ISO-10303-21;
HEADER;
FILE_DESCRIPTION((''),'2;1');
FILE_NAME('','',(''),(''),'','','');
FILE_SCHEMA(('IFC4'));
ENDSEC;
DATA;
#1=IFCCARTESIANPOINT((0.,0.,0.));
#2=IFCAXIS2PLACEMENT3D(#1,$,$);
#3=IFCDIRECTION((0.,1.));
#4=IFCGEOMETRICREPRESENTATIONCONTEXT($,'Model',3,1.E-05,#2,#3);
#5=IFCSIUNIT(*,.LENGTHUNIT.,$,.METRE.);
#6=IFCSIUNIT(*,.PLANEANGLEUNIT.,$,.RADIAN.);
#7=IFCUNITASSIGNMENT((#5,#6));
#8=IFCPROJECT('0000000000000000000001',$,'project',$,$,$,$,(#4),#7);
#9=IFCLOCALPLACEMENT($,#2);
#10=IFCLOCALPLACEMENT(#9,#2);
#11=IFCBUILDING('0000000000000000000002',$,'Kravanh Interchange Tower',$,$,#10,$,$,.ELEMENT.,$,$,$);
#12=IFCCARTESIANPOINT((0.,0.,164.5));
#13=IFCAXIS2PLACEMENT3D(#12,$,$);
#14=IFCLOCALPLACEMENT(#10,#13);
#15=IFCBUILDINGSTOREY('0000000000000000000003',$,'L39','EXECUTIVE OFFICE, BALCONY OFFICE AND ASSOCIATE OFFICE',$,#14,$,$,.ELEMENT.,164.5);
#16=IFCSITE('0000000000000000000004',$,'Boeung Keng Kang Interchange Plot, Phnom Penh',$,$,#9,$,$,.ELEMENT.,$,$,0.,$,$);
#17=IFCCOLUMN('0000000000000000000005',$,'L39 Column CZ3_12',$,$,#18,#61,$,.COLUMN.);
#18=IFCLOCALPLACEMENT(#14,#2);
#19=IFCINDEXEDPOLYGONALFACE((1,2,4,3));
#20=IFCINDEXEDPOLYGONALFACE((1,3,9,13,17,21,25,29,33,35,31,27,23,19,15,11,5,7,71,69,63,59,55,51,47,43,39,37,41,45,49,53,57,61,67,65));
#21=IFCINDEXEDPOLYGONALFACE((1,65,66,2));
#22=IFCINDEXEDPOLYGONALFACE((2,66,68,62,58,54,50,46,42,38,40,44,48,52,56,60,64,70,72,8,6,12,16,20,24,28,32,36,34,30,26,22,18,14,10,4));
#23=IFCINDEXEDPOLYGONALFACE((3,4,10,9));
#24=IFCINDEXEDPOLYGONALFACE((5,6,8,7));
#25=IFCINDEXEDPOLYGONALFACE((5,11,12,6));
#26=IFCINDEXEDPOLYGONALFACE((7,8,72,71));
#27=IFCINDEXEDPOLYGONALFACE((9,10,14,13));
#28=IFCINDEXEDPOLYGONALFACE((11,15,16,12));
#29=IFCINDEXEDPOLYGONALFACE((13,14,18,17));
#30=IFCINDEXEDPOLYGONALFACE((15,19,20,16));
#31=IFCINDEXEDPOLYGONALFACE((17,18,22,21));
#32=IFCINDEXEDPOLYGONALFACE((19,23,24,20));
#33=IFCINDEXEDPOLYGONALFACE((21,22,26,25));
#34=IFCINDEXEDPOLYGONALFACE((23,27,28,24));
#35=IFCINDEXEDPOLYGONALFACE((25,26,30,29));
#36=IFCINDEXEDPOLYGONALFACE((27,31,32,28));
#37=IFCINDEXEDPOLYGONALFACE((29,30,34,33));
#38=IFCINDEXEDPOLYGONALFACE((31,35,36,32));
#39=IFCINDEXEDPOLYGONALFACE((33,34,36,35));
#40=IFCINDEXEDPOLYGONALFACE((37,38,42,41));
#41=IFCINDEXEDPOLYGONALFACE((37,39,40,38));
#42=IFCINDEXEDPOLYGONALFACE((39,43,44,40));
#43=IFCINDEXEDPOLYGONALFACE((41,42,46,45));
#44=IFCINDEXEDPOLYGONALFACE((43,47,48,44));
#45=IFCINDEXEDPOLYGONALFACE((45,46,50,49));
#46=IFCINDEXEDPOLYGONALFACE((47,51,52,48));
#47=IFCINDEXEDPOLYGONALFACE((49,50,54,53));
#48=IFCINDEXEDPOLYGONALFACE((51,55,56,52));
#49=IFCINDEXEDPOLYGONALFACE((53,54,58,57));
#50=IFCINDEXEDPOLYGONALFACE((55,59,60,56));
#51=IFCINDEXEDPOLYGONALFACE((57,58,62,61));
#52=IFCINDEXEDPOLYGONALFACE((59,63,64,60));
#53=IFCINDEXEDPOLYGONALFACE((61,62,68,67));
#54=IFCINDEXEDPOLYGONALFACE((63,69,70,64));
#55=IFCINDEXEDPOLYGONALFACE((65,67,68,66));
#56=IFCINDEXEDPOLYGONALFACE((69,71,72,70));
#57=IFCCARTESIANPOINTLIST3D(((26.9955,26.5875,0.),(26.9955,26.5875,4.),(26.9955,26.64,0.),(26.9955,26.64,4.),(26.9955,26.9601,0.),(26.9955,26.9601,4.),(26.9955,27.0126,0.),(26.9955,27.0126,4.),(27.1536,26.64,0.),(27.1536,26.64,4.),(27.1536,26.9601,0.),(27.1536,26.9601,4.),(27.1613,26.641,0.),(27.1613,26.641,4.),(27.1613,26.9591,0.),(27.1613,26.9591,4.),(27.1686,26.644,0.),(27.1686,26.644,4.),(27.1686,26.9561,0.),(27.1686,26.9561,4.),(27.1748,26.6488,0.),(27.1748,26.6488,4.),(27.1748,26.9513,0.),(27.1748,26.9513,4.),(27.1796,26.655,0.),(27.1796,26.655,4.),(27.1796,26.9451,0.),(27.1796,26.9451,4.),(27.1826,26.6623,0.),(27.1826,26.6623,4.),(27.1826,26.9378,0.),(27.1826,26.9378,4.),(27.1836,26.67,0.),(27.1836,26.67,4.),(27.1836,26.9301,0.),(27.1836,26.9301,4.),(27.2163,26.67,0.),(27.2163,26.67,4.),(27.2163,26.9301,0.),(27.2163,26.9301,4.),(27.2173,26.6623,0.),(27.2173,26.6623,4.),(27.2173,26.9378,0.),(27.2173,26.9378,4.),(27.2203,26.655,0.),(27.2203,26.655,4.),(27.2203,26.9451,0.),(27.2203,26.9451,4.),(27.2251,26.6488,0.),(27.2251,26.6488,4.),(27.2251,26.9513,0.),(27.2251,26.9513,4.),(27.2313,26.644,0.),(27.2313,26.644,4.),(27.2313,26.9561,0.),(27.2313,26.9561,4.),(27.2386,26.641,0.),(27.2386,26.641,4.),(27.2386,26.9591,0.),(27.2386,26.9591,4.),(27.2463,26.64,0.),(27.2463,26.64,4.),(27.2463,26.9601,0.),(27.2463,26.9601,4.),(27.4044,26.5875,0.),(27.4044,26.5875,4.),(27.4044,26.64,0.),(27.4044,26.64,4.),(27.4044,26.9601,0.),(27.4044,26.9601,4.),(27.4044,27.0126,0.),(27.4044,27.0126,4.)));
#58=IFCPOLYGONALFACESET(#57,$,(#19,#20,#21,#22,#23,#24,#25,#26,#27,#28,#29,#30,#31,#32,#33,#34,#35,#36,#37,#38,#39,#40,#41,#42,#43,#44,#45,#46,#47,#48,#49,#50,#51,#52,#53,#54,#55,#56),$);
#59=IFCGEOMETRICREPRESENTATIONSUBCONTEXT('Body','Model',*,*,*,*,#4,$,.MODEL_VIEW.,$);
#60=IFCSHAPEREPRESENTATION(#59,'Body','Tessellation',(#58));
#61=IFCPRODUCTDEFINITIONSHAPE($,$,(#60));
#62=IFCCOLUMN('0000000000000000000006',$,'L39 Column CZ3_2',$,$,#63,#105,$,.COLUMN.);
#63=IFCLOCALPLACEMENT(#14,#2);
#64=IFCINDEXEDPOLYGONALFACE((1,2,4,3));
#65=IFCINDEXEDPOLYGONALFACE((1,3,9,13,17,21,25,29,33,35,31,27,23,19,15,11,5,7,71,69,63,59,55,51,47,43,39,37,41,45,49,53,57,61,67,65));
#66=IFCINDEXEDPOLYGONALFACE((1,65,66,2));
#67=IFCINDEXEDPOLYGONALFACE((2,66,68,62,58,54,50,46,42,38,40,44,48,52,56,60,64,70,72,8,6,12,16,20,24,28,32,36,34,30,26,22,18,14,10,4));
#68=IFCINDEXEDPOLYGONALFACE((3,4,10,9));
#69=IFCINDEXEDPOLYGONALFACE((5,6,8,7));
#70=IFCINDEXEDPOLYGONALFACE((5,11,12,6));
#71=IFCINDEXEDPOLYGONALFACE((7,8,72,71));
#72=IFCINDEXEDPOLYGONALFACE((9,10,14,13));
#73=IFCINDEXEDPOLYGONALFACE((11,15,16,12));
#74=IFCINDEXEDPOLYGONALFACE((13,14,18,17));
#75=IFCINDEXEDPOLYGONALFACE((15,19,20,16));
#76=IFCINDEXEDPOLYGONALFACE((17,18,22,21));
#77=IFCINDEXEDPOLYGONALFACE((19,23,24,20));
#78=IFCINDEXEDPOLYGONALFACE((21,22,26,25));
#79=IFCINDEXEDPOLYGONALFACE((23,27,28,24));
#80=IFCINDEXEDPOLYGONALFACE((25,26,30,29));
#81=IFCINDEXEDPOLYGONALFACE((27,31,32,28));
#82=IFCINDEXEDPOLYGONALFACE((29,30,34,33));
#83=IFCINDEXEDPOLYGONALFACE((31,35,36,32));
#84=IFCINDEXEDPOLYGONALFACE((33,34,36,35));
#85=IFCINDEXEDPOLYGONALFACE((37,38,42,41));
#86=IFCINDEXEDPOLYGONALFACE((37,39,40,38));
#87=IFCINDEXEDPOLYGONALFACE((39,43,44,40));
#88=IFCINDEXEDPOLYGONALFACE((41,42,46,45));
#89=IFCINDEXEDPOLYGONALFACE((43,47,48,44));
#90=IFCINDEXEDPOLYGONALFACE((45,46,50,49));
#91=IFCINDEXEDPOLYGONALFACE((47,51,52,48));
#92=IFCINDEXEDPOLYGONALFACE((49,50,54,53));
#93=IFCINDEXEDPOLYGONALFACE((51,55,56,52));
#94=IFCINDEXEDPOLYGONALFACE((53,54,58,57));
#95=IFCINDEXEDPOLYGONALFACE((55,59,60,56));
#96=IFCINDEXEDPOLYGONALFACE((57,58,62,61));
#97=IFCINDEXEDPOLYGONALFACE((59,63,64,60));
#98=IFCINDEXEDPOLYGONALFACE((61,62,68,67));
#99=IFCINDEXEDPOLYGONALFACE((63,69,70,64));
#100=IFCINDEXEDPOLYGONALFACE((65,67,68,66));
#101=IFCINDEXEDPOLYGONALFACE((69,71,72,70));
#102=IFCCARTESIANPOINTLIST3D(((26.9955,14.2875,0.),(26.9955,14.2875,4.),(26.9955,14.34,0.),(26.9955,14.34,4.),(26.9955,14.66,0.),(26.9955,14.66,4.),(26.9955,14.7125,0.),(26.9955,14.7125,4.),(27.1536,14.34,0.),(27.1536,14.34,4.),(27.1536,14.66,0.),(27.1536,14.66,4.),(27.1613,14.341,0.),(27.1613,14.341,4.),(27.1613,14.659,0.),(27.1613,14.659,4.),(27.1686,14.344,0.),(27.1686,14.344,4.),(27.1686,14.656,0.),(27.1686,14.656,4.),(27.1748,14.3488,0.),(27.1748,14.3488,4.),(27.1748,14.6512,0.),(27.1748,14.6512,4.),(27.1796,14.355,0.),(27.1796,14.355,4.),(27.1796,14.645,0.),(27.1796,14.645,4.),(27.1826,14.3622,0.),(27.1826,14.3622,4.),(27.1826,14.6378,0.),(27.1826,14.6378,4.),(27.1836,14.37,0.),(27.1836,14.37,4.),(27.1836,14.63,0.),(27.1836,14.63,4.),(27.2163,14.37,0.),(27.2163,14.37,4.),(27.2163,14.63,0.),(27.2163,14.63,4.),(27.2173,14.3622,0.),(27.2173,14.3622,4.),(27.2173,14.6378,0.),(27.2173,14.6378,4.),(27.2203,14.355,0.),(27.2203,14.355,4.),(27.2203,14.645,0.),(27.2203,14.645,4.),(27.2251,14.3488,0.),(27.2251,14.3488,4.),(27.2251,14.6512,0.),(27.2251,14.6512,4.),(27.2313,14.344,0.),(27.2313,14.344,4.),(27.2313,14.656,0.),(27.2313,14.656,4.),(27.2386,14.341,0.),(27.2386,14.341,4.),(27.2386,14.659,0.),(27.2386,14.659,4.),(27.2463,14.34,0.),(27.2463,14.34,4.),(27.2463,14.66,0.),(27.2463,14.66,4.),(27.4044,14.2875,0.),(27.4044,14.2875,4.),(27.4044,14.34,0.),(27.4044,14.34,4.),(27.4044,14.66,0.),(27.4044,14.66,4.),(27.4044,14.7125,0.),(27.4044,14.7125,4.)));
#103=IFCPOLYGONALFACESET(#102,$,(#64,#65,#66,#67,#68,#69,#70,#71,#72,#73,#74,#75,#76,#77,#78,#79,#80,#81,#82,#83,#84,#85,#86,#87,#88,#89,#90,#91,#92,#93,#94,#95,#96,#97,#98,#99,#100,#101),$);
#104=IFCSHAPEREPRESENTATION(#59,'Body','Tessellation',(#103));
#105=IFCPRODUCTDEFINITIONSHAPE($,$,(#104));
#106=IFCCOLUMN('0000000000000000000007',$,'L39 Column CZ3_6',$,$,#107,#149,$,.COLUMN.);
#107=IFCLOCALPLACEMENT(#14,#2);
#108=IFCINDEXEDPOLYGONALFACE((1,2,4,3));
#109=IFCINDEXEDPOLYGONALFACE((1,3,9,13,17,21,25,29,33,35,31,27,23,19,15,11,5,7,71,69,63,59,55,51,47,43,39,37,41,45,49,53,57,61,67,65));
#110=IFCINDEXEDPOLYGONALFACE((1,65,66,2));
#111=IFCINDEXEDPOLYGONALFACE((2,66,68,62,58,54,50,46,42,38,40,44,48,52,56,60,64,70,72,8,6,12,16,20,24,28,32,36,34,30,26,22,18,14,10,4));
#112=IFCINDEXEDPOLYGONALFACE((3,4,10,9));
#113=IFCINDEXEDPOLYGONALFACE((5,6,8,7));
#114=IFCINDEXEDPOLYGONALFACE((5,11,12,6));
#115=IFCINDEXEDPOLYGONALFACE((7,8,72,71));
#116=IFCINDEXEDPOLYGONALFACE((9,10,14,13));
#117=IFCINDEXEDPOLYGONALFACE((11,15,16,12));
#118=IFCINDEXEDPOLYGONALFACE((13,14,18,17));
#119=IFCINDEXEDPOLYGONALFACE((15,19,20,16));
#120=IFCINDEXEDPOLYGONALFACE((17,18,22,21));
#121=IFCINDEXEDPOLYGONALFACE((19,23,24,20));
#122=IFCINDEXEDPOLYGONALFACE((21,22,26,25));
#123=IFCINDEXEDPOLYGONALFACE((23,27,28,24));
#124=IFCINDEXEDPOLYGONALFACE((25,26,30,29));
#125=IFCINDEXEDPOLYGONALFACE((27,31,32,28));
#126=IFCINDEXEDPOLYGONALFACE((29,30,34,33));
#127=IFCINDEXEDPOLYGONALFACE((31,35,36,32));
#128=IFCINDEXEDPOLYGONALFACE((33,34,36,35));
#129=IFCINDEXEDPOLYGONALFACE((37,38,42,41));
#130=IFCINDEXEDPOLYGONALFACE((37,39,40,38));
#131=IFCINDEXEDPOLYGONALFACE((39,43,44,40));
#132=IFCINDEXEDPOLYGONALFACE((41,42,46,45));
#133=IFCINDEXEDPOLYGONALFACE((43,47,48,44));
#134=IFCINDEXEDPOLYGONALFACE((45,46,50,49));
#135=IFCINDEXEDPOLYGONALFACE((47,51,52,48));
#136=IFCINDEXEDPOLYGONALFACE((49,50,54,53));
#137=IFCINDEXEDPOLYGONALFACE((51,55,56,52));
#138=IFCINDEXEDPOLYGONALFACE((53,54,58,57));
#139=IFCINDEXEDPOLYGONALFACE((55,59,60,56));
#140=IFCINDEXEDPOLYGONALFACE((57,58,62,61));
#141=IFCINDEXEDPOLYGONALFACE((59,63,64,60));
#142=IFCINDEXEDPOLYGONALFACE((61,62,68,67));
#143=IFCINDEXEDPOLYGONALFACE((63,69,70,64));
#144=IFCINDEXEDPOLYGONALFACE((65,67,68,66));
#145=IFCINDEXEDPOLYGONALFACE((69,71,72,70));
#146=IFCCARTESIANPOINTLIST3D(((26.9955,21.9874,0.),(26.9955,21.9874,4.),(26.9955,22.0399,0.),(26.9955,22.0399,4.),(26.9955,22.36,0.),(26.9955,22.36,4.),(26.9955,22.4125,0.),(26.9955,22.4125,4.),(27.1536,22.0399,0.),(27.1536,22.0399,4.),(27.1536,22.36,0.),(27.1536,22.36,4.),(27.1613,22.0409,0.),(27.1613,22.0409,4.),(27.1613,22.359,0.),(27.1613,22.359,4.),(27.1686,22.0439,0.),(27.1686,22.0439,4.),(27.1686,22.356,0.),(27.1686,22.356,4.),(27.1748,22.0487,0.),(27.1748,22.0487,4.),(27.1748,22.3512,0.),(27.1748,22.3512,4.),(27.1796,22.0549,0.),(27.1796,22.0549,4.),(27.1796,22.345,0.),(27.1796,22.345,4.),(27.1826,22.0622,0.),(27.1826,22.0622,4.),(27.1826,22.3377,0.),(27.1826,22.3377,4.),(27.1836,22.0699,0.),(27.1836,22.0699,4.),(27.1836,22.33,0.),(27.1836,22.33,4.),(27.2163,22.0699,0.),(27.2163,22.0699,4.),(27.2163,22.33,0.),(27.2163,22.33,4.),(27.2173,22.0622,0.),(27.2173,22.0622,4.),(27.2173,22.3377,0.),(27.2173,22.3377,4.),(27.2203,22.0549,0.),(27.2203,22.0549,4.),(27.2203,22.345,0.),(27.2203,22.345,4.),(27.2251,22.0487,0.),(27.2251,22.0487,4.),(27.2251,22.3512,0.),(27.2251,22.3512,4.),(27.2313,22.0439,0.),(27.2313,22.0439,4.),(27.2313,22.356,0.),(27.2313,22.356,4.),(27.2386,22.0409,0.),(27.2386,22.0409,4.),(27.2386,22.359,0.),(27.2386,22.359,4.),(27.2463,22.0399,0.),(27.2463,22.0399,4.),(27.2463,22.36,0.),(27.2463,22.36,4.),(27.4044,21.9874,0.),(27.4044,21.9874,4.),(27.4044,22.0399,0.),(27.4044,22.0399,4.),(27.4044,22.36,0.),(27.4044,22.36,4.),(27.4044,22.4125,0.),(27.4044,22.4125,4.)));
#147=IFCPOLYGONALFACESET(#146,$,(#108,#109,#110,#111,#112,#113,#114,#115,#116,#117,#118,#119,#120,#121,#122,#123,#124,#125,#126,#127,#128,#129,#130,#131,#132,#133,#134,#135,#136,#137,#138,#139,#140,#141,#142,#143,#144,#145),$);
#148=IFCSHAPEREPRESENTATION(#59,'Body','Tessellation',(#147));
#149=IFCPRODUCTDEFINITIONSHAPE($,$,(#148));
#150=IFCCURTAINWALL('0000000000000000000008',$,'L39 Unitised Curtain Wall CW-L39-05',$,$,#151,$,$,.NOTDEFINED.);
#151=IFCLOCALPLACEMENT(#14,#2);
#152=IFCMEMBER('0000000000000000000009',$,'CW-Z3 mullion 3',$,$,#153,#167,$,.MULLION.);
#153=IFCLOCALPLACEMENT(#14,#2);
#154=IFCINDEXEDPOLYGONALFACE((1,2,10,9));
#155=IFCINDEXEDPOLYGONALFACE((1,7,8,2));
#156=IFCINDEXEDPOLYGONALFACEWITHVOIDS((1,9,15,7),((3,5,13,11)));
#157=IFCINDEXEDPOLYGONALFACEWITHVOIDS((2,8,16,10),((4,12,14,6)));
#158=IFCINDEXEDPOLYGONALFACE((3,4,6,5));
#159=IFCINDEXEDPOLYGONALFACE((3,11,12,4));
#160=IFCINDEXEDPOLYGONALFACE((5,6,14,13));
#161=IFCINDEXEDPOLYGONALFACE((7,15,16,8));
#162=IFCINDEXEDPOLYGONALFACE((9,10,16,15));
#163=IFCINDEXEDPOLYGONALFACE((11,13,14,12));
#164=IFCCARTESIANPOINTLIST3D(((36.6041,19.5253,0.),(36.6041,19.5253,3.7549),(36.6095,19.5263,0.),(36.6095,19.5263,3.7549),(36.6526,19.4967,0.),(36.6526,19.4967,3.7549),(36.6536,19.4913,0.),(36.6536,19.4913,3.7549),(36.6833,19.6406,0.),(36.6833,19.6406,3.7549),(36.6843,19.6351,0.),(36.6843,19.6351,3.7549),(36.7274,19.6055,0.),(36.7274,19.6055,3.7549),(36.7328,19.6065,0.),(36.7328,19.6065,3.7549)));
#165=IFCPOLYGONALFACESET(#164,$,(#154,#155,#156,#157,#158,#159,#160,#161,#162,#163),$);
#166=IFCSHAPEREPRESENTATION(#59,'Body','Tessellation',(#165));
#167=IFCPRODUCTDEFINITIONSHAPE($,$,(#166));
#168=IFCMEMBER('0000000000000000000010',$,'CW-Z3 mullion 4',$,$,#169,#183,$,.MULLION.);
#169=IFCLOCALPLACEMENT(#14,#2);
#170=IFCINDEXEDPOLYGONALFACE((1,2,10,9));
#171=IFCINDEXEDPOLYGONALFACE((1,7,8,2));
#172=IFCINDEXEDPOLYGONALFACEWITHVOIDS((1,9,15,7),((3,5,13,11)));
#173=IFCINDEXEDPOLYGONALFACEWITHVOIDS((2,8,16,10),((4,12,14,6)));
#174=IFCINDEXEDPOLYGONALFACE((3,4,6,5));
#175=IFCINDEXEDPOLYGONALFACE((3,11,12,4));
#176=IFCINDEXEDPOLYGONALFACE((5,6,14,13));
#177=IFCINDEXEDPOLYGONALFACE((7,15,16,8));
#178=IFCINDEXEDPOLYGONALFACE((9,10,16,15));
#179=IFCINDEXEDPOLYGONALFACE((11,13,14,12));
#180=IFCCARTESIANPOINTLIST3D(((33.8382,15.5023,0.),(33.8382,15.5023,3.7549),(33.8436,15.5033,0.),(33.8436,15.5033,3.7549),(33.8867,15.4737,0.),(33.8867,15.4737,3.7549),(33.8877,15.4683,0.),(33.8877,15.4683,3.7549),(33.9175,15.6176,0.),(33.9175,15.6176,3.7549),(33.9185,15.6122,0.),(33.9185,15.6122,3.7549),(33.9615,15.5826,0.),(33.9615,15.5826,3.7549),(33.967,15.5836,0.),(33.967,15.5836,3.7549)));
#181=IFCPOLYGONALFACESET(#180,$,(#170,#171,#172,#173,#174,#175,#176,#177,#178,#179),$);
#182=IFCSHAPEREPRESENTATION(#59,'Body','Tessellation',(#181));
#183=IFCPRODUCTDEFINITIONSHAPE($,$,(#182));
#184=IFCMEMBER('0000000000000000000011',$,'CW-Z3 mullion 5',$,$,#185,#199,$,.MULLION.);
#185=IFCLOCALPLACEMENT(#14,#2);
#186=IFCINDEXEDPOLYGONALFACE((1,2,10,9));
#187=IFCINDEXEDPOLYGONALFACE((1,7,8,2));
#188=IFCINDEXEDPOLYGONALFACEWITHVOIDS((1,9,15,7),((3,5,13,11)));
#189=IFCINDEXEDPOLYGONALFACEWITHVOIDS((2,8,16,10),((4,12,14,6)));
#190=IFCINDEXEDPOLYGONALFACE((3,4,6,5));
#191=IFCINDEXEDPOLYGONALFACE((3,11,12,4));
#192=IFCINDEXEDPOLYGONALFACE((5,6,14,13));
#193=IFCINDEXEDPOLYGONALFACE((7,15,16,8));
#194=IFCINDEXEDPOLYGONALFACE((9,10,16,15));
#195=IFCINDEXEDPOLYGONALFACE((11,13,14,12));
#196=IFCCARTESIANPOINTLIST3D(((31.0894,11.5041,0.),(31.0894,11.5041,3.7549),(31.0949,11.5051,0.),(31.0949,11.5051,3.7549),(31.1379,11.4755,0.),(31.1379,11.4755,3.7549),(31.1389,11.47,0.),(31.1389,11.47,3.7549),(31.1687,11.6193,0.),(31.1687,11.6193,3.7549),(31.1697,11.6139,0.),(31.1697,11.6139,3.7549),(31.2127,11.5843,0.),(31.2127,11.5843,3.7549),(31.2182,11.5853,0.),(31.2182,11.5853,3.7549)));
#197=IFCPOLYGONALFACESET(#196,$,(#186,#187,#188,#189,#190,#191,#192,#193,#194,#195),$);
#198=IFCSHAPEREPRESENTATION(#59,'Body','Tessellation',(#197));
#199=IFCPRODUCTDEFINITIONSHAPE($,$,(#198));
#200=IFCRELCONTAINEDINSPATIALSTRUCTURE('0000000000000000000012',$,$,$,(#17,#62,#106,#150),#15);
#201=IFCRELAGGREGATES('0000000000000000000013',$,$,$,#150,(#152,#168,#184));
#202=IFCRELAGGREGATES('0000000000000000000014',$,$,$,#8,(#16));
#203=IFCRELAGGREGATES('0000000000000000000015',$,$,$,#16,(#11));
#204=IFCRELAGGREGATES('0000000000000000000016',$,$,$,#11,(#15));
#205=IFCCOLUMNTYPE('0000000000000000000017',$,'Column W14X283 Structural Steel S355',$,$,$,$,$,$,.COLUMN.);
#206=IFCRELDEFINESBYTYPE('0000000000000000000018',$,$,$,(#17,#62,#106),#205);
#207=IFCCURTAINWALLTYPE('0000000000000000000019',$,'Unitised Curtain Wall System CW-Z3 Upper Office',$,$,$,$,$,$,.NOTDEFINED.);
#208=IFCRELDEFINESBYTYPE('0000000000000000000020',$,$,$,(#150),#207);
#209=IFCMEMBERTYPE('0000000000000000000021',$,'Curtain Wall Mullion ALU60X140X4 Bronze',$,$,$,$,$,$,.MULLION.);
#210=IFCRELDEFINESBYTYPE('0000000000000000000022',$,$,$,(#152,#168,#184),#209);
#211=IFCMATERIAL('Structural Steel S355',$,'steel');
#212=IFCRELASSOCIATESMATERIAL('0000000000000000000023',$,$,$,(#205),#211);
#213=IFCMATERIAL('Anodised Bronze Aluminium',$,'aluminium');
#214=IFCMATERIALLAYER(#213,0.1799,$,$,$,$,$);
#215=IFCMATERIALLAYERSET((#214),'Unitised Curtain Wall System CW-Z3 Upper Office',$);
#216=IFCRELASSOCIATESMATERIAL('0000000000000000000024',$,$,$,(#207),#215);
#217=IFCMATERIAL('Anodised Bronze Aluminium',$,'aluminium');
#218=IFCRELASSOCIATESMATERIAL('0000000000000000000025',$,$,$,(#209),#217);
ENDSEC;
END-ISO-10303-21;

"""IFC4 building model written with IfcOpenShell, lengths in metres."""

from ifc_helpers import new_model, si_unit, direction, frame, origin, origin_2d, place, context, subcontext, project, spatial, hollow_rectangle, i_section, extrude, material, layer, layer_set, material_profile, profile_set, type_object, element, aggregate, save


model = new_model("IFC4")

# Units and contexts
model_context = context("Model", 3, precision=1e-05, world=origin(), true_north=direction((0.0, 1.0)))
body_context = subcontext(model_context, "Body", "Model", "MODEL_VIEW")
ifc_project = project(units=[si_unit("LENGTHUNIT", "METRE"), si_unit("PLANEANGLEUNIT", "RADIAN")], contexts=[model_context])

# Site, building, storey
site_placement = place(None, origin())
site = spatial("IfcSite", under=ifc_project, at=site_placement, Name="Boeung Keng Kang Interchange Plot, Phnom Penh", CompositionType="ELEMENT", RefElevation=0.0)
building_placement = place(site_placement, origin())
building = spatial("IfcBuilding", under=site, at=building_placement, Name="Kravanh Interchange Tower", CompositionType="ELEMENT")
storey_placement = place(building_placement, frame((0.0, 0.0, 164.5)))
storey = spatial("IfcBuildingStorey", under=building, at=storey_placement, Name="L39", Description="EXECUTIVE OFFICE, BALCONY OFFICE AND ASSOCIATE OFFICE", CompositionType="ELEMENT", Elevation=164.5)

# Columns
ifc_material_1 = material(Name="Structural Steel S355", Category="steel")
ifc_material_profile_1 = material_profile(ifc_material_1, i_section(OverallWidth=0.4089, OverallDepth=0.425, WebThickness=0.0327, FlangeThickness=0.0525, FilletRadius=0.03, at=origin_2d()), Name="W14X283")
ifc_profile_set_1 = profile_set([ifc_material_profile_1], Name="Structural Steel S355")
column_type = type_object("IfcColumnType", Name="Column W14X283 Structural Steel S355", PredefinedType="COLUMN", material=ifc_profile_set_1)
for number, where, z_axis, x_axis, name in (
    (1, (27.2, 26.8, 0.0), (0.0, 0.0, 1.0), (1.0, 0.0, 0.0), "L39 Column CZ3_12"),
    (2, (27.2, 14.5, 0.0), (0.0, 0.0, 1.0), (1.0, 0.0, 0.0), "L39 Column CZ3_2"),
    (3, (27.2, 22.2, 0.0), (0.0, 0.0, 1.0), (1.0, 0.0, 0.0), "L39 Column CZ3_6"),
):
    element("IfcColumn", number, at=place(storey_placement, frame(where, z_axis=z_axis, x_axis=x_axis)), inside=storey, type_object=column_type, Name=name, PredefinedType="COLUMN", context=body_context, shape_type="SweptSolid", body=[
        extrude(i_section(OverallWidth=0.4089, OverallDepth=0.425, WebThickness=0.0327, FlangeThickness=0.0525, FilletRadius=0.03, at=origin_2d()), origin(), (0.0, 0.0, 1.0), 4.0),
    ])

# Curtain wall, members
ifc_material_2 = material(Name="Anodised Bronze Aluminium", Category="aluminium")
ifc_layer_1 = layer(ifc_material_2, 0.1799)
ifc_layer_set_1 = layer_set([ifc_layer_1], Name="Unitised Curtain Wall System CW-Z3 Upper Office")
curtain_wall_type = type_object("IfcCurtainWallType", Name="Unitised Curtain Wall System CW-Z3 Upper Office", PredefinedType="NOTDEFINED", material=ifc_layer_set_1)
curtain_wall_1_placement = place(storey_placement, origin())
curtain_wall_1 = element("IfcCurtainWall", 4, at=curtain_wall_1_placement, inside=storey, type_object=curtain_wall_type, Name="L39 Unitised Curtain Wall CW-L39-05", PredefinedType="NOTDEFINED")
ifc_material_3 = material(Name="Anodised Bronze Aluminium", Category="aluminium")
ifc_material_profile_2 = material_profile(ifc_material_3, hollow_rectangle(XDim=0.0601, YDim=0.1399, WallThickness=0.0039, at=origin_2d()), Name="ALU60X140X4")
ifc_profile_set_2 = profile_set([ifc_material_profile_2], Name="Anodised Bronze Aluminium")
member_type_1 = type_object("IfcMemberType", Name="Curtain Wall Mullion ALU60X140X4 Bronze", PredefinedType="MULLION", material=ifc_profile_set_2)
member_1_placement = place(storey_placement, frame((36.6685, 19.5659, 0.0), z_axis=(0.0, 0.0, 1.0), x_axis=(0.824042, -0.566528, 0.0)))
member_1 = element("IfcMember", 5, at=member_1_placement, type_object=member_type_1, Name="CW-Z3 mullion 3", PredefinedType="MULLION", context=body_context, shape_type="SweptSolid", body=[
    extrude(hollow_rectangle(XDim=0.0601, YDim=0.1399, WallThickness=0.0039, at=origin_2d()), origin(), (0.0, 0.0, 1.0), 3.7549),
])
member_2_placement = place(storey_placement, frame((33.9026, 15.543, 0.0), z_axis=(0.0, 0.0, 1.0), x_axis=(0.824042, -0.566528, 0.0)))
member_2 = element("IfcMember", 6, at=member_2_placement, type_object=member_type_1, Name="CW-Z3 mullion 4", PredefinedType="MULLION", context=body_context, shape_type="SweptSolid", body=[
    extrude(hollow_rectangle(XDim=0.0601, YDim=0.1399, WallThickness=0.0039, at=origin_2d()), origin(), (0.0, 0.0, 1.0), 3.7549),
])
member_3_placement = place(storey_placement, frame((31.1538, 11.5447, 0.0), z_axis=(0.0, 0.0, 1.0), x_axis=(0.824042, -0.566528, 0.0)))
member_3 = element("IfcMember", 7, at=member_3_placement, type_object=member_type_1, Name="CW-Z3 mullion 5", PredefinedType="MULLION", context=body_context, shape_type="SweptSolid", body=[
    extrude(hollow_rectangle(XDim=0.0601, YDim=0.1399, WallThickness=0.0039, at=origin_2d()), origin(), (0.0, 0.0, 1.0), 3.7549),
])

aggregate(curtain_wall_1, [member_1, member_2, member_3])

save(model, "model.ifc")
